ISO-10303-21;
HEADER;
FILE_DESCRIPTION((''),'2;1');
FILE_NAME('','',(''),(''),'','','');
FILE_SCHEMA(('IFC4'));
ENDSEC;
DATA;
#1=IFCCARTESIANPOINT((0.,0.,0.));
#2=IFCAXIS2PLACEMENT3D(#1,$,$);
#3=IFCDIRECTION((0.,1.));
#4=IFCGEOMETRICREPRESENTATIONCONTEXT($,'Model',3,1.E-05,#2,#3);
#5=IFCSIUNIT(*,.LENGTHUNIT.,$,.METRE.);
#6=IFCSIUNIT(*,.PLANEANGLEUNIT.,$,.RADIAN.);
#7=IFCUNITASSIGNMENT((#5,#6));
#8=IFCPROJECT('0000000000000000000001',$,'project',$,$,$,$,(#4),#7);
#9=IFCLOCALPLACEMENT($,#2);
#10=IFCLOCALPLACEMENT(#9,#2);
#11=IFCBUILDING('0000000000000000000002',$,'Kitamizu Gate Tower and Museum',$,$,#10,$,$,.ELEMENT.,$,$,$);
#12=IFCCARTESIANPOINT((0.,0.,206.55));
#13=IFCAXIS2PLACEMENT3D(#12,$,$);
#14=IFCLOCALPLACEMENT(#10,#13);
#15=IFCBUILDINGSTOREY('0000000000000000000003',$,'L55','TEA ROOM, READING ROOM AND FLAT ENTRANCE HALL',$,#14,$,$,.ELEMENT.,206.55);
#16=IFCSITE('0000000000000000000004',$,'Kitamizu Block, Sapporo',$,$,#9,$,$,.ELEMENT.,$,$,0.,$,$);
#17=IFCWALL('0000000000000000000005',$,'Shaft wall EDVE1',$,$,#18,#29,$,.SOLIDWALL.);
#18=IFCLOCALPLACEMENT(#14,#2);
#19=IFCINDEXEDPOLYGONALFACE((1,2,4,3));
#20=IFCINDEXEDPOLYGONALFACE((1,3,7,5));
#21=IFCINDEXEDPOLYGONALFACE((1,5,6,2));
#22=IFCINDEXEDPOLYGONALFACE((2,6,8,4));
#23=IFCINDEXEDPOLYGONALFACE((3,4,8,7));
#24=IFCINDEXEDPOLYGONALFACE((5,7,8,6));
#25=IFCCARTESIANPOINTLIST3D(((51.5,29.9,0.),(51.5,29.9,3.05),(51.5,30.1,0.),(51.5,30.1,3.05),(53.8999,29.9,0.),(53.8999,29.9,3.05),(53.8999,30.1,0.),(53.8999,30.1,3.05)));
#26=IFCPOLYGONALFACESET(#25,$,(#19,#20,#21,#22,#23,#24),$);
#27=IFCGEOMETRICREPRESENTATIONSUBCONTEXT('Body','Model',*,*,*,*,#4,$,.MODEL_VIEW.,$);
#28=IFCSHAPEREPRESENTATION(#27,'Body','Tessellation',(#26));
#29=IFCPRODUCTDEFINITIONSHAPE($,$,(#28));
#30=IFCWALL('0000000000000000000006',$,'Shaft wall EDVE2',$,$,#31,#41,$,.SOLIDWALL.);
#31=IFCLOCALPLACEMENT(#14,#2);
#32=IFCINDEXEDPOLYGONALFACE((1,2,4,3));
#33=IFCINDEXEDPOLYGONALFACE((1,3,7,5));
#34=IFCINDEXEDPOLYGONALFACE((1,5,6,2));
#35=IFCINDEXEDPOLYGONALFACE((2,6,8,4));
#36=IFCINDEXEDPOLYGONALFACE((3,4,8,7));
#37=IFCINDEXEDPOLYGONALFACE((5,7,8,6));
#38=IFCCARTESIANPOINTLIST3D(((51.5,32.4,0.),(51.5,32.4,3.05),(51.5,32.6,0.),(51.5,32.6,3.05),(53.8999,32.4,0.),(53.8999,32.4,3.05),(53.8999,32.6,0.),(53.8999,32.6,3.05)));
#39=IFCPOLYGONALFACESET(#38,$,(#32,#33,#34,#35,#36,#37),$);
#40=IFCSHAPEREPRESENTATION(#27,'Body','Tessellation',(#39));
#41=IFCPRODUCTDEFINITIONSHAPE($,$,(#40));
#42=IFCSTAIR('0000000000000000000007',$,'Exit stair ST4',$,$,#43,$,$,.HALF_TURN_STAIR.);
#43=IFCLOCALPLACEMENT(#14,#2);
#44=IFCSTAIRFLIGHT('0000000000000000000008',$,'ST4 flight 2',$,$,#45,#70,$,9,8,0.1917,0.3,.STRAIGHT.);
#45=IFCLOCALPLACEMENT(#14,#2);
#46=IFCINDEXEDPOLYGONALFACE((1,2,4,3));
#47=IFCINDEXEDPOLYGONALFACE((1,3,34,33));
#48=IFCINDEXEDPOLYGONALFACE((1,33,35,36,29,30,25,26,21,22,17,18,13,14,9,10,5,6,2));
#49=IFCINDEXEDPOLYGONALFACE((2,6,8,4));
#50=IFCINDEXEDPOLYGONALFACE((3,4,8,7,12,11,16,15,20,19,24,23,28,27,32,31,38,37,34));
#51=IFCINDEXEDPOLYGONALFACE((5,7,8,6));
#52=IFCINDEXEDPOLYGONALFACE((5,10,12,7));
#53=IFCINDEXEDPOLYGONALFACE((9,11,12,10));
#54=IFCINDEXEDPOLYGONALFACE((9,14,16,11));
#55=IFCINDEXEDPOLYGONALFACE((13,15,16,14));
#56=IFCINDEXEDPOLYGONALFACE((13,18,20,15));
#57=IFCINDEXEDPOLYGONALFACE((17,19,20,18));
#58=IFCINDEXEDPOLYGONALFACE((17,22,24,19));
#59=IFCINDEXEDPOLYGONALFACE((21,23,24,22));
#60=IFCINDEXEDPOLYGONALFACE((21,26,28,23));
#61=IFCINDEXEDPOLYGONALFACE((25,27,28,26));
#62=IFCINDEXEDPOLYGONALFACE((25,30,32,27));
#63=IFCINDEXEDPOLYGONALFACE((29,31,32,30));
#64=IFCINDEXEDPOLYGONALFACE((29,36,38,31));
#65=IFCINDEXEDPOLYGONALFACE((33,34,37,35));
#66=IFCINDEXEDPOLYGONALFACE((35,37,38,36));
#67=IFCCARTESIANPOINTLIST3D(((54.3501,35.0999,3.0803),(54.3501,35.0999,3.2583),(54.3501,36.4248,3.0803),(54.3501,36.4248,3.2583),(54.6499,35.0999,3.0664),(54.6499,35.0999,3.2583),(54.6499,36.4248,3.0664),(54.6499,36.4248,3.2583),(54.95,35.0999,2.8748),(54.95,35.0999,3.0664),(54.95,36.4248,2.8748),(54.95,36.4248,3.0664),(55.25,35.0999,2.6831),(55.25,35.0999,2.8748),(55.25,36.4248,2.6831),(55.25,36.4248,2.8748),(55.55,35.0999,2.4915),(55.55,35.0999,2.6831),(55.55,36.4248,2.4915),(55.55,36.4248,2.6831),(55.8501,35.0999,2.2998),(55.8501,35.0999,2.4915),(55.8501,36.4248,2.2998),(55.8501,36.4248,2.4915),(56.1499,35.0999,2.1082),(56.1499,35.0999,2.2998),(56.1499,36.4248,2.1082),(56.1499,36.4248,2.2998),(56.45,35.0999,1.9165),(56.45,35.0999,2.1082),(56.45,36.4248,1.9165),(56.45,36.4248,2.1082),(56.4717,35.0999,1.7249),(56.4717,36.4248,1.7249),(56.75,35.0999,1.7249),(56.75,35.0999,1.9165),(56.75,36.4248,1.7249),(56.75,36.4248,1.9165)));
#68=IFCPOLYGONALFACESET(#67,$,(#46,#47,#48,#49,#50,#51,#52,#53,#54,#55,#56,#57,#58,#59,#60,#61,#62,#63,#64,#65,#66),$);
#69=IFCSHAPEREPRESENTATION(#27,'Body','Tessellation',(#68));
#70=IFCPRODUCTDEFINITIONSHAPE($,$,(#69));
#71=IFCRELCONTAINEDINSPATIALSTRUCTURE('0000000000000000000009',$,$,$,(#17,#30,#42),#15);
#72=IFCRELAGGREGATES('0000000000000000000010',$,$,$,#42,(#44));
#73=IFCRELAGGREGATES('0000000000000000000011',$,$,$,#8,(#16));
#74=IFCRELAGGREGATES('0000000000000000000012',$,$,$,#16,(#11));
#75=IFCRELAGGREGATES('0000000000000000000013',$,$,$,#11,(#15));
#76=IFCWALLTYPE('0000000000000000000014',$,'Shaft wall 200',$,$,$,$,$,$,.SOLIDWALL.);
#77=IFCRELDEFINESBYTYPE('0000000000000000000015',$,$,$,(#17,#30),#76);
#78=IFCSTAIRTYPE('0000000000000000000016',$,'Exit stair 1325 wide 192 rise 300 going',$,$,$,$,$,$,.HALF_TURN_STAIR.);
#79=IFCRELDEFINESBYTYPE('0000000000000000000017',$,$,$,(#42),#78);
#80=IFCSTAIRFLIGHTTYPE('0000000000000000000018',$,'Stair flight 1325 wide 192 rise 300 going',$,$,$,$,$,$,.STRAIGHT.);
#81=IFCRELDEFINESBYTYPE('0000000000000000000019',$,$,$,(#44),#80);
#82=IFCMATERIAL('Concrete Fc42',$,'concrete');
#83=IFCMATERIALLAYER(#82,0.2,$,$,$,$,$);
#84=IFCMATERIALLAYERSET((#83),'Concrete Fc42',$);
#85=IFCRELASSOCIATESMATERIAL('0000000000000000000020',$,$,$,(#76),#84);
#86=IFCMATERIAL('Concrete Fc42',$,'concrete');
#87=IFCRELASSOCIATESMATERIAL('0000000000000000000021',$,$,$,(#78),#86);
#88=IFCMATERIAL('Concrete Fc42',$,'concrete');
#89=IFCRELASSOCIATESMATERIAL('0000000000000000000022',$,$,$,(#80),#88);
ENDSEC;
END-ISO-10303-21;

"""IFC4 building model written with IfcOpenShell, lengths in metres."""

from ifc_helpers import new_model, si_unit, direction, frame, frame_2d, origin, place, context, subcontext, project, spatial, polyline, rectangle, outline, extrude, material, layer, layer_set, type_object, element, aggregate, save


model = new_model("IFC4")

# Units and contexts
model_context = context("Model", 3, precision=1e-05, world=origin(), true_north=direction((0.0, 1.0)))
body_context = subcontext(model_context, "Body", "Model", "MODEL_VIEW")
ifc_project = project(units=[si_unit("LENGTHUNIT", "METRE"), si_unit("PLANEANGLEUNIT", "RADIAN")], contexts=[model_context])

# Site, building, storey
site_placement = place(None, origin())
site = spatial("IfcSite", under=ifc_project, at=site_placement, Name="Kitamizu Block, Sapporo", CompositionType="ELEMENT", RefElevation=0.0)
building_placement = place(site_placement, origin())
building = spatial("IfcBuilding", under=site, at=building_placement, Name="Kitamizu Gate Tower and Museum", CompositionType="ELEMENT")
storey_placement = place(building_placement, frame((0.0, 0.0, 206.55)))
storey = spatial("IfcBuildingStorey", under=building, at=storey_placement, Name="L55", Description="TEA ROOM, READING ROOM AND FLAT ENTRANCE HALL", CompositionType="ELEMENT", Elevation=206.55)

# Shared definitions
ifc_material_1 = material(Name="Concrete Fc42", Category="concrete")
ifc_layer_1 = layer(ifc_material_1, 0.2)
ifc_layer_set_1 = layer_set([ifc_layer_1], Name="Concrete Fc42")
wall_type_1 = type_object("IfcWallType", Name="Shaft wall 200", PredefinedType="SOLIDWALL", material=ifc_layer_set_1)

# Walls
for number, where, z_axis, x_axis, name in (
    (1, (53.8999, 30.0, 0.0), (0.0, 0.0, 1.0), (-1.0, 0.0, 0.0), "Shaft wall EDVE1"),
    (2, (53.8999, 32.5, 0.0), (0.0, 0.0, 1.0), (-1.0, 0.0, 0.0), "Shaft wall EDVE2"),
):
    element("IfcWall", number, at=place(storey_placement, frame(where, z_axis=z_axis, x_axis=x_axis)), inside=storey, type_object=wall_type_1, Name=name, PredefinedType="SOLIDWALL", context=body_context, shape_type="SweptSolid", body=[
        extrude(rectangle(XDim=2.3999, YDim=0.2, at=frame_2d((1.2, 0.0))), origin(), (0.0, 0.0, 1.0), 3.05),
    ])

# Stair, stair flight
ifc_material_2 = material(Name="Concrete Fc42", Category="concrete")
stair_type = type_object("IfcStairType", Name="Exit stair 1325 wide 192 rise 300 going", PredefinedType="HALF_TURN_STAIR", material=ifc_material_2)
stair_placement = place(storey_placement, origin())
stair = element("IfcStair", 3, at=stair_placement, inside=storey, type_object=stair_type, Name="Exit stair ST4", PredefinedType="HALF_TURN_STAIR")
ifc_material_3 = material(Name="Concrete Fc42", Category="concrete")
stair_flight_type = type_object("IfcStairFlightType", Name="Stair flight 1325 wide 192 rise 300 going", PredefinedType="STRAIGHT", material=ifc_material_3)
stair_flight_placement = place(storey_placement, frame((56.75, 35.7625, 1.7249), z_axis=(0.0, 0.0, 1.0), x_axis=(-1.0, 0.0, 0.0)))
stair_flight = element("IfcStairFlight", 4, at=stair_flight_placement, type_object=stair_flight_type, Name="ST4 flight 2", NumberOfRisers=9, NumberOfTreads=8, PredefinedType="STRAIGHT", RiserHeight=0.1917, TreadLength=0.3, context=body_context, shape_type="SweptSolid", body=[
    extrude(outline(polyline([(0.0, 0.0), (0.0, 0.1917), (0.3, 0.1917), (0.3, 0.3833), (0.6001, 0.3833), (0.6001, 0.575), (0.8999, 0.575), (0.8999, 0.7666), (1.2, 0.7666), (1.2, 0.9583), (1.5, 0.9583), (1.5, 1.1499), (1.8, 1.1499), (1.8, 1.3416), (2.1001, 1.3416), (2.1001, 1.5334), (2.3999, 1.5334), (2.3999, 1.7251), (2.3999, 1.3555), (0.2783, 0.0), (0.0, 0.0)])), frame((0.0, 0.6626, 0.0), z_axis=(0.0, -1.0, 0.0), x_axis=(1.0, 0.0, 0.0)), (0.0, 0.0, 1.0), 1.325),
])
aggregate(stair, [stair_flight])

save(model, "model.ifc")
